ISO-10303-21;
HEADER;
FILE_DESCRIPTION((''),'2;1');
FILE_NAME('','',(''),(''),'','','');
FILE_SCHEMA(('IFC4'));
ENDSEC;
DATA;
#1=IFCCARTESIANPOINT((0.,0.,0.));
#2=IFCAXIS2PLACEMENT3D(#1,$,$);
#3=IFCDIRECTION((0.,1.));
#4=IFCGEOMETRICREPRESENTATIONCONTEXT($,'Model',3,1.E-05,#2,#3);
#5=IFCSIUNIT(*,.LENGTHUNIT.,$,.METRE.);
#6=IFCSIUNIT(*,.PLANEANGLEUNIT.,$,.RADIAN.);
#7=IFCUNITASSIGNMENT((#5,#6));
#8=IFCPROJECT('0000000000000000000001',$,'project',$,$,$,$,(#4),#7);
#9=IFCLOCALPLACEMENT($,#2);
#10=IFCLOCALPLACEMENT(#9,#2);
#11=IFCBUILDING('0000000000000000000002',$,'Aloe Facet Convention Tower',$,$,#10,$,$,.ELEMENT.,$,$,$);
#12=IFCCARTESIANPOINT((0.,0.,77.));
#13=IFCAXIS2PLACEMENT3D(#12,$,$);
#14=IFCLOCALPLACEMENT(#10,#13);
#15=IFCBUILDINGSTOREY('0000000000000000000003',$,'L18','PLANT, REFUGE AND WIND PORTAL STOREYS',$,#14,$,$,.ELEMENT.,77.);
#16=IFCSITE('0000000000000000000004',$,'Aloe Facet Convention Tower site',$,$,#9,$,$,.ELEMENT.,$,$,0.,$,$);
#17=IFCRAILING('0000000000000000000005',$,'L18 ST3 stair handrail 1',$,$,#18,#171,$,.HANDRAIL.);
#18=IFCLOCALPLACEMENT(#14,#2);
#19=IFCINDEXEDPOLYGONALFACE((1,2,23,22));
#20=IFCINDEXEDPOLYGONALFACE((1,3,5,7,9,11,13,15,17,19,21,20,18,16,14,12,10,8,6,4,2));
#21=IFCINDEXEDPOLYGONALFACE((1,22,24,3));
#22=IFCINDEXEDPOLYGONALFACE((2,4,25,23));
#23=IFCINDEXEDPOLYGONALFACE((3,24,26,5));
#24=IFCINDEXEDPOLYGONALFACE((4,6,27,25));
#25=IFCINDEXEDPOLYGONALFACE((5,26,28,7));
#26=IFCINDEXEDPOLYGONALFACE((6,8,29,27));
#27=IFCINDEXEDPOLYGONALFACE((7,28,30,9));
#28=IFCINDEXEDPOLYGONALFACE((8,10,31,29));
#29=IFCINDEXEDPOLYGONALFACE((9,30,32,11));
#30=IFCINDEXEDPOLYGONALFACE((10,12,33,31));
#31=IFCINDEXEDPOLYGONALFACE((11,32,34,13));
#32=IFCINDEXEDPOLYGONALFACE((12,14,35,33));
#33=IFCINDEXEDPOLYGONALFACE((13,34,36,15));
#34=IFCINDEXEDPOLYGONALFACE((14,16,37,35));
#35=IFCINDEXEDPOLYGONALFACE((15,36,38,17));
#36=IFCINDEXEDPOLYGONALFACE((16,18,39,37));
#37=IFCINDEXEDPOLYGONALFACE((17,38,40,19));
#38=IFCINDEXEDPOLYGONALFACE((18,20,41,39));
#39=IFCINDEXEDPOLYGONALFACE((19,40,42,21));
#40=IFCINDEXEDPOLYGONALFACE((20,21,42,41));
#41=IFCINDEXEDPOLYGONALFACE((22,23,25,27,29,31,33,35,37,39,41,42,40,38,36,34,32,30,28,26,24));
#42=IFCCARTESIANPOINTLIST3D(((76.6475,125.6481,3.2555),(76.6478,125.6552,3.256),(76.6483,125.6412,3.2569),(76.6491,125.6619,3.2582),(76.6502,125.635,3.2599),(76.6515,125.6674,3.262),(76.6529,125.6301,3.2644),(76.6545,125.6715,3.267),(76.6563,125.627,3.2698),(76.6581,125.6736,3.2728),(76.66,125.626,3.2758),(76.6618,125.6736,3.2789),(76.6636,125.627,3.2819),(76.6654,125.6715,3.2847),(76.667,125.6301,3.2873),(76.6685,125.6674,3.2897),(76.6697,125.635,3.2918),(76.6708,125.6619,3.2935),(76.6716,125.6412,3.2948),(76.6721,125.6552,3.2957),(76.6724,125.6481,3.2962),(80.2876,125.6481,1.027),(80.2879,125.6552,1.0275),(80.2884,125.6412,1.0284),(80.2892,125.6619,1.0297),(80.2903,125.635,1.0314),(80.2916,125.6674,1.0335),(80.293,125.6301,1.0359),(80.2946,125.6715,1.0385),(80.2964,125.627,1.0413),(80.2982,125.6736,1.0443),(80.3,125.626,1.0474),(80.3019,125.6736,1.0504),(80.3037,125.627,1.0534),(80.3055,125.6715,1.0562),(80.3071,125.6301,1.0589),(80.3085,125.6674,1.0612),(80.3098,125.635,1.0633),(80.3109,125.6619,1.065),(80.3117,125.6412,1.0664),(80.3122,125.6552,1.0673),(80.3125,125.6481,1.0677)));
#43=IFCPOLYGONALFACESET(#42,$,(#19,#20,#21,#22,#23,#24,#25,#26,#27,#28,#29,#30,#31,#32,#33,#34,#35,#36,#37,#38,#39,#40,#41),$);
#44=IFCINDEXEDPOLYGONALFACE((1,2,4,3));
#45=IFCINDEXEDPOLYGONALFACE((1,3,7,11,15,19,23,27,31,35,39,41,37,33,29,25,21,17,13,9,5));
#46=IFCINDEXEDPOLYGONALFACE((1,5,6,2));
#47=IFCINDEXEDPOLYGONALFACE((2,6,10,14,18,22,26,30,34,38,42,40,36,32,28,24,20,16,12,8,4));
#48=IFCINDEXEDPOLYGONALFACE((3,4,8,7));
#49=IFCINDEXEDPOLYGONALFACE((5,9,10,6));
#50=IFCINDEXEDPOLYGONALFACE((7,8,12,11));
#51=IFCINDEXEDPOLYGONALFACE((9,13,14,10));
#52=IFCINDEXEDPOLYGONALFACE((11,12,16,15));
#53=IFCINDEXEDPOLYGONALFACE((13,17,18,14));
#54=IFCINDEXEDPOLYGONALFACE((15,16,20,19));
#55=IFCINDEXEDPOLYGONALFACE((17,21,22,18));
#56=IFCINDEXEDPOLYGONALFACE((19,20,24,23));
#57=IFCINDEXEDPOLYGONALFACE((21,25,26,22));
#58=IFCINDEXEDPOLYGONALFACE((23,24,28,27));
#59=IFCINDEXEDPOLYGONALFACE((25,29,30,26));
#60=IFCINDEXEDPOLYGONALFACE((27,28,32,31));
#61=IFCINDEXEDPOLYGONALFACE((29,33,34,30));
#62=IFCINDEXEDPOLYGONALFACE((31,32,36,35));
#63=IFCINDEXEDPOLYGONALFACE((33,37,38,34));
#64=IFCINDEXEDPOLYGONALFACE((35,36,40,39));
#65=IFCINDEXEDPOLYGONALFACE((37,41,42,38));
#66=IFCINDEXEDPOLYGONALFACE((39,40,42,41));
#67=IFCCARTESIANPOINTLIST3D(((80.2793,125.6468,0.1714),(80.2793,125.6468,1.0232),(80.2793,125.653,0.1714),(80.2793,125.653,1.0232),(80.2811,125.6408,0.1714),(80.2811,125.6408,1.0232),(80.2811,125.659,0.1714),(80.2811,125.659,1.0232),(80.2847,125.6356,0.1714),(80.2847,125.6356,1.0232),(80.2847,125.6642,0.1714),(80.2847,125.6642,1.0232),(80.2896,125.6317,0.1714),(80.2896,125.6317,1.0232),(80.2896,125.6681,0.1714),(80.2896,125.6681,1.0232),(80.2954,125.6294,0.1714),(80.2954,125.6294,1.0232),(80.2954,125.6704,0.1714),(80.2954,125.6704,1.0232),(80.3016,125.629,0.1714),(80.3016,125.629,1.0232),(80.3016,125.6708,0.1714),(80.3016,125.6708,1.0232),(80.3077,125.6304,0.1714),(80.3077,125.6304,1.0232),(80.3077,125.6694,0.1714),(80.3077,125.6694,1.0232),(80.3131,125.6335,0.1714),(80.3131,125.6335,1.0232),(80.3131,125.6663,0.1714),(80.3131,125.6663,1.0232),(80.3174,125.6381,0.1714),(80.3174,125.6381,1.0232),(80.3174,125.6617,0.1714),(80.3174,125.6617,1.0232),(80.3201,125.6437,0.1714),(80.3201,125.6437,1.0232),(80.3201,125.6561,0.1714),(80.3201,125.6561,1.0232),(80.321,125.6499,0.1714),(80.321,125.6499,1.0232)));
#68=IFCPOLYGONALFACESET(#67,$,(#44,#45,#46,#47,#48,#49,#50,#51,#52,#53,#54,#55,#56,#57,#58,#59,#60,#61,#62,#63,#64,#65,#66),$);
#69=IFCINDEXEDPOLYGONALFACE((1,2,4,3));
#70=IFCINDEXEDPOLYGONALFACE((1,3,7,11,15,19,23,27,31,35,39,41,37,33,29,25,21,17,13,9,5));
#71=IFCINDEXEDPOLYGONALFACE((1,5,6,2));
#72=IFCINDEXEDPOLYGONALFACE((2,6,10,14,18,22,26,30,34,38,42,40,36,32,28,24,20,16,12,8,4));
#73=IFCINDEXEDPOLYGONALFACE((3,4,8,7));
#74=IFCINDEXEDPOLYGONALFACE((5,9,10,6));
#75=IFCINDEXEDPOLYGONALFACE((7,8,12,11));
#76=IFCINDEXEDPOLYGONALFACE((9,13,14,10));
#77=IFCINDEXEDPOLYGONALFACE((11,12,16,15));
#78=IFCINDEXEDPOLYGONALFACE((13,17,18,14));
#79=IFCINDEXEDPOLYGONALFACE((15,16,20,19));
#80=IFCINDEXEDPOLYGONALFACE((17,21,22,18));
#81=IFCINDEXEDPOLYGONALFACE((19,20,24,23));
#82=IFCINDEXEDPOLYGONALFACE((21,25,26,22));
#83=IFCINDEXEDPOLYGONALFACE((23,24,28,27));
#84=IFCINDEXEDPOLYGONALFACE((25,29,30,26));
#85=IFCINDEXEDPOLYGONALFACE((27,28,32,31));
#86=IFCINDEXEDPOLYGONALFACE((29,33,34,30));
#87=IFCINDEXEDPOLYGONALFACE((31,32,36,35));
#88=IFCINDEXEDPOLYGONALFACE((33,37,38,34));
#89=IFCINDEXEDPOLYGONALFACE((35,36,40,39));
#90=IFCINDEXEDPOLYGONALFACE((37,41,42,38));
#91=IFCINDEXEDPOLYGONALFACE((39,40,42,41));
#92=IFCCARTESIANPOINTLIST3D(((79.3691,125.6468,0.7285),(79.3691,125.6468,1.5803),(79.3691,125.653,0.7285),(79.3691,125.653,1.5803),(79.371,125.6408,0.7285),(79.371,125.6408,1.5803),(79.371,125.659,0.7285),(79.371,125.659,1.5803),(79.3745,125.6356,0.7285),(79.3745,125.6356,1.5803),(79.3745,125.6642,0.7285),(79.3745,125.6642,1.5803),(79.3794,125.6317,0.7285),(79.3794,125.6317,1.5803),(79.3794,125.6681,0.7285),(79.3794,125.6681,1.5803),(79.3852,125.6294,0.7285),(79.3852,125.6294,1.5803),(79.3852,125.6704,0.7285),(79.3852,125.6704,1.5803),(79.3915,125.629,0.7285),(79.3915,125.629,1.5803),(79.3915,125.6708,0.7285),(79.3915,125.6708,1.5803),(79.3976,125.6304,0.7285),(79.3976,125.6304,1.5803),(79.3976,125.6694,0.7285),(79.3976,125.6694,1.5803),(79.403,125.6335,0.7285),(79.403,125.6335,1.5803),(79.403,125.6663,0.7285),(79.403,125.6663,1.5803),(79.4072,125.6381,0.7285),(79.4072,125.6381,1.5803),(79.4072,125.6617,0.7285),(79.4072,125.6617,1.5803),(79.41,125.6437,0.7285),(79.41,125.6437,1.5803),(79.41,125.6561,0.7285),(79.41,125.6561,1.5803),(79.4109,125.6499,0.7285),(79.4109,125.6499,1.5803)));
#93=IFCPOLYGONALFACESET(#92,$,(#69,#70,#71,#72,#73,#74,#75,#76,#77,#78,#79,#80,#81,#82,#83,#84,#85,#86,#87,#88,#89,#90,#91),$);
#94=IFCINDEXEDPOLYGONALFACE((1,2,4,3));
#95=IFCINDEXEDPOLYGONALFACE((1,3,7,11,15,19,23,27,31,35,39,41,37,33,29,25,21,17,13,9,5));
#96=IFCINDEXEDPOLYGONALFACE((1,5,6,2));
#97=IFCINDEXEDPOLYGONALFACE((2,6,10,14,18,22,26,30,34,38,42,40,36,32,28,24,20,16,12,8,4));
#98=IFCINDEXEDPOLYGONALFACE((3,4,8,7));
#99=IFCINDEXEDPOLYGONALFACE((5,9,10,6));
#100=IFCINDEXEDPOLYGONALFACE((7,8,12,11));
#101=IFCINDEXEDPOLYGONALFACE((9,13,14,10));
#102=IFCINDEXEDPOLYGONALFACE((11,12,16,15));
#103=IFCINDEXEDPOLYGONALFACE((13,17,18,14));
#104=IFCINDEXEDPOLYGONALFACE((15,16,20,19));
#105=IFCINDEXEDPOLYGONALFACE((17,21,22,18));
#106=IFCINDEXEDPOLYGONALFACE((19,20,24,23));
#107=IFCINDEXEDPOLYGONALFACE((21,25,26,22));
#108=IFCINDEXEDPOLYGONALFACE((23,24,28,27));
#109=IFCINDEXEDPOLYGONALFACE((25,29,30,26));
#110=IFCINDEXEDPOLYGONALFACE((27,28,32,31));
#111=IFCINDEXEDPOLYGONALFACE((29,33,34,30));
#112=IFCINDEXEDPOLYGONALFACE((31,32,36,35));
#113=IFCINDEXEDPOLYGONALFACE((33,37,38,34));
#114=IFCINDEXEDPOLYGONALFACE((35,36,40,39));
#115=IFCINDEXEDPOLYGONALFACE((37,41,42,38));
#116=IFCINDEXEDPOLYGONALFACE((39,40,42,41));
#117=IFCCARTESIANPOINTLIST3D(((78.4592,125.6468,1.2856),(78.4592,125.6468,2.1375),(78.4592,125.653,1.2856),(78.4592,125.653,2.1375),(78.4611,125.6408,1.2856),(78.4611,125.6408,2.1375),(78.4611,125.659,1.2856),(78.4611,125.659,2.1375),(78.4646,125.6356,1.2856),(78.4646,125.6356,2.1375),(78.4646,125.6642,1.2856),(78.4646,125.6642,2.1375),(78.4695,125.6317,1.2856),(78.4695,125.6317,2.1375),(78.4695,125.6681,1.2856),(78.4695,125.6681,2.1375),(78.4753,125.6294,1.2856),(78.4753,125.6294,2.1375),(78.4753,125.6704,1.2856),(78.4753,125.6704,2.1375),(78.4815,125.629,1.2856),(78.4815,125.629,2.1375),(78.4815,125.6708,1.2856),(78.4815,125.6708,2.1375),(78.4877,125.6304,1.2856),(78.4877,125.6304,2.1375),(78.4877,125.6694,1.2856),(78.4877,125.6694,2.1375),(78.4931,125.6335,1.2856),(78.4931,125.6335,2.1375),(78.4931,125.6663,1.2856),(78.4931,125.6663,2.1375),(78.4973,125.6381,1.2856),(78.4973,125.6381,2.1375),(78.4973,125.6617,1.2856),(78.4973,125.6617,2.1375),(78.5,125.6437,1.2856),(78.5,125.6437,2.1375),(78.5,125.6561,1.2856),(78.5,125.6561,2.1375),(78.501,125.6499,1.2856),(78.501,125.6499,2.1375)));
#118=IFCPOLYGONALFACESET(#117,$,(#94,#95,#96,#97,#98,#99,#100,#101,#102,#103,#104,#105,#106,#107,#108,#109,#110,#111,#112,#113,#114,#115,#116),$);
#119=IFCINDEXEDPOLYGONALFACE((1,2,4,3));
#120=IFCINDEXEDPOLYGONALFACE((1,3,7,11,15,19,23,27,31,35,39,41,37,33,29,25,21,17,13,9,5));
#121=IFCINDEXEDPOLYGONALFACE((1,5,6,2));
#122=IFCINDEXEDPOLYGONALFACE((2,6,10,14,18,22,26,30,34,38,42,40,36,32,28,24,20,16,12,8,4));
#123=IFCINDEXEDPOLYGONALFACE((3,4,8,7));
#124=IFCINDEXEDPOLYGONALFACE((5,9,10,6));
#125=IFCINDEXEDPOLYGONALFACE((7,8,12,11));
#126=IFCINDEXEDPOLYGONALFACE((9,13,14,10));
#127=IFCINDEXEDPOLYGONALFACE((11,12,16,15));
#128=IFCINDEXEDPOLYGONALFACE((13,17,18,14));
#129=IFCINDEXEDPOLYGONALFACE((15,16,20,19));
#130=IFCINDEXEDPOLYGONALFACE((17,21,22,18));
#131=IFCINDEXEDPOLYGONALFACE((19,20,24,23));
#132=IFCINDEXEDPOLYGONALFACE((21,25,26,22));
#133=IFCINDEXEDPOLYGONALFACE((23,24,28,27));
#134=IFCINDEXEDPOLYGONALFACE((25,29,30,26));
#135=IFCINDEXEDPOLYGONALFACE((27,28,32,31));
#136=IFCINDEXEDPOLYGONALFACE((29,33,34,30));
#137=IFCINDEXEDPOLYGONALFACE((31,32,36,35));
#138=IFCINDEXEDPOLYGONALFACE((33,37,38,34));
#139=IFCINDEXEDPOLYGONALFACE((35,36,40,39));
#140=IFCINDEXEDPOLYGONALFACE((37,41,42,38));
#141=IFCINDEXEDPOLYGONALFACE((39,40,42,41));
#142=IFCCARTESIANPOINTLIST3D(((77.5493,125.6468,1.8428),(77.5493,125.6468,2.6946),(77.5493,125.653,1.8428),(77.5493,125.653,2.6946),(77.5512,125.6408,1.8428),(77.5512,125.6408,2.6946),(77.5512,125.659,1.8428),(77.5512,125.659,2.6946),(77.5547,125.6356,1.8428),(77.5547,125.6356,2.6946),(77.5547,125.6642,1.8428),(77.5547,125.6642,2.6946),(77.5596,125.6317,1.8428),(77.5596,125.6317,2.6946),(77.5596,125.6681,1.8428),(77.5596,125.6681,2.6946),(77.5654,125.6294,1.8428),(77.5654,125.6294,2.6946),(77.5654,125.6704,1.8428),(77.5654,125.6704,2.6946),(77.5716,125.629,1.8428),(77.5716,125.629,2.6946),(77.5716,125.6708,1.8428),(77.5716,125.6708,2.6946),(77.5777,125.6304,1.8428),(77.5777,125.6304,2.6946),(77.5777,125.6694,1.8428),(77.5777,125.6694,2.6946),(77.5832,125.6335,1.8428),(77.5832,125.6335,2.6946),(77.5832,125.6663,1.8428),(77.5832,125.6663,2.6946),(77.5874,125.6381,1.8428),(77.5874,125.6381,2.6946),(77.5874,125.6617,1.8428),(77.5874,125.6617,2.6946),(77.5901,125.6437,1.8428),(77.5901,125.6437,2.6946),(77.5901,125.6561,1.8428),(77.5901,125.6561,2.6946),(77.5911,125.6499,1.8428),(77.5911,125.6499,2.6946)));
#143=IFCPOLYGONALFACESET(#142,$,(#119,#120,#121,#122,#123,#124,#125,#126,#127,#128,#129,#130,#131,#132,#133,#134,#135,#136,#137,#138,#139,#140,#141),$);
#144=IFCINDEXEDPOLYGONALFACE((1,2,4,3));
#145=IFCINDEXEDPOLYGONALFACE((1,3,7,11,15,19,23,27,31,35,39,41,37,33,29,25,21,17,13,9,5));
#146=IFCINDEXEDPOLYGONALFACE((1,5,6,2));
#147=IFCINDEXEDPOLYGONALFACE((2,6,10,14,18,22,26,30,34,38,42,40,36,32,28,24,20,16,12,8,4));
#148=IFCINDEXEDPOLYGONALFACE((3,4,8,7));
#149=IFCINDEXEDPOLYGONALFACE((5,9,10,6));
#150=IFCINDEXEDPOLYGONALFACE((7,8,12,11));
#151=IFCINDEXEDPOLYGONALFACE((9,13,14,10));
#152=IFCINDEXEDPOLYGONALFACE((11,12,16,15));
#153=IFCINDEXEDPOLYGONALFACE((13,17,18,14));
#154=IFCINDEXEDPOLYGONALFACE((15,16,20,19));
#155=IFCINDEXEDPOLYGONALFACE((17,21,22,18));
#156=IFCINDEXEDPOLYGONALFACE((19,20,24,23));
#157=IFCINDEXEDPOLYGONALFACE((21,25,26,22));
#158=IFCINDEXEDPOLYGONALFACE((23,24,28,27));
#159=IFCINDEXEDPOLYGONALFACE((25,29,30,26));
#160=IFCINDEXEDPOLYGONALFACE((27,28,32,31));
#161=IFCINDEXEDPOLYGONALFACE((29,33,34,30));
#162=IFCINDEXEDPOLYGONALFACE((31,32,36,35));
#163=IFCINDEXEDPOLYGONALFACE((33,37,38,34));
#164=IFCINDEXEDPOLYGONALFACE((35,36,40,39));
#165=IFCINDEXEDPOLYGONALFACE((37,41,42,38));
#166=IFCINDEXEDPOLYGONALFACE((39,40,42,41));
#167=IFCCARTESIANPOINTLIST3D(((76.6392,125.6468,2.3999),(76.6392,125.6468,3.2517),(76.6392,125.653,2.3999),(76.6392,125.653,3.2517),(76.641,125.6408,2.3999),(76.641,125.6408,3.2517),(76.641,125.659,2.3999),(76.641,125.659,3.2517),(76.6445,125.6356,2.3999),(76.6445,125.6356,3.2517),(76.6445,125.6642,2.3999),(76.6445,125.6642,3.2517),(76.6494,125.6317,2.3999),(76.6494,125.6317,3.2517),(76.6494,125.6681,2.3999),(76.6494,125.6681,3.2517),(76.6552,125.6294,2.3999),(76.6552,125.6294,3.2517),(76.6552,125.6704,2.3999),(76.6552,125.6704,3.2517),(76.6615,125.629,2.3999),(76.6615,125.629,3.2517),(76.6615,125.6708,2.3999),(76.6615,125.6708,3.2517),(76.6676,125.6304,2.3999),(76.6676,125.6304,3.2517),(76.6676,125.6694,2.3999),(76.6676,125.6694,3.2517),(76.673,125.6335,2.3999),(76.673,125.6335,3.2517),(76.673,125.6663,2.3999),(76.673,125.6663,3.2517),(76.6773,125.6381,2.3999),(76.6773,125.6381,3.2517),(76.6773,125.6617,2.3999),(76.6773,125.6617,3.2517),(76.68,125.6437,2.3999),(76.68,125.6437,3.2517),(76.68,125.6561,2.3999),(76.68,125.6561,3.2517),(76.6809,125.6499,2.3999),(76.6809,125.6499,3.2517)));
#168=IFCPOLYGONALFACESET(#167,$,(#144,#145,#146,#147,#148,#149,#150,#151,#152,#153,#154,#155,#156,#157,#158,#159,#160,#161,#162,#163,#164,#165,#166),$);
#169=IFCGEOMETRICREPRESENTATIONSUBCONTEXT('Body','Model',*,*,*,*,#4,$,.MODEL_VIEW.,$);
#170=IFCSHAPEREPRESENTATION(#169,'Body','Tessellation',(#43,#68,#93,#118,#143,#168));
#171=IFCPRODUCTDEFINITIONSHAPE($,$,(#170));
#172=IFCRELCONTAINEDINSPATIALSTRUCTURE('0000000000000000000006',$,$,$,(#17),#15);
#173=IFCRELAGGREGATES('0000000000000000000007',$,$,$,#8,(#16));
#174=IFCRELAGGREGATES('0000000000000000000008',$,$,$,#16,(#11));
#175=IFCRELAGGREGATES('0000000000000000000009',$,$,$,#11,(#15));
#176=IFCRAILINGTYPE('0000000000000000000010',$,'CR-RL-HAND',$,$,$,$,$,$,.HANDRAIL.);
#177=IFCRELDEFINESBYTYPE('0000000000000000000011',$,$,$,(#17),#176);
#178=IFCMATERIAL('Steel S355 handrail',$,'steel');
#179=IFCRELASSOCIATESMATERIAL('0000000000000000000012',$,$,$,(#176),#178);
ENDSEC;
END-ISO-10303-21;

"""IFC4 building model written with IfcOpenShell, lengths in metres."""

from ifc_helpers import new_model, si_unit, direction, frame, origin, origin_2d, place, context, subcontext, project, spatial, circle, extrude, material, type_object, element, save


model = new_model("IFC4")

# Units and contexts
model_context = context("Model", 3, precision=1e-05, world=origin(), true_north=direction((0.0, 1.0)))
body_context = subcontext(model_context, "Body", "Model", "MODEL_VIEW")
ifc_project = project(units=[si_unit("LENGTHUNIT", "METRE"), si_unit("PLANEANGLEUNIT", "RADIAN")], contexts=[model_context])

# Site, building, storey
site_placement = place(None, origin())
site = spatial("IfcSite", under=ifc_project, at=site_placement, Name="Aloe Facet Convention Tower site", CompositionType="ELEMENT", RefElevation=0.0)
building_placement = place(site_placement, origin())
building = spatial("IfcBuilding", under=site, at=building_placement, Name="Aloe Facet Convention Tower", CompositionType="ELEMENT")
storey_placement = place(building_placement, frame((0.0, 0.0, 77.0)))
storey = spatial("IfcBuildingStorey", under=building, at=storey_placement, Name="L18", Description="PLANT, REFUGE AND WIND PORTAL STOREYS", CompositionType="ELEMENT", Elevation=77.0)

# Railing
ifc_material_1 = material(Name="Steel S355 handrail", Category="steel")
railing_type_1 = type_object("IfcRailingType", Name="CR-RL-HAND", PredefinedType="HANDRAIL", material=ifc_material_1)
railing_1_placement = place(storey_placement, frame((80.3, 125.6499, 0.1714)))
element("IfcRailing", 1, at=railing_1_placement, inside=storey, type_object=railing_type_1, Name="L18 ST3 stair handrail 1", PredefinedType="HANDRAIL", context=body_context, shape_type="SweptSolid", body=[
    extrude(circle(Radius=0.0239, at=origin_2d()), frame((0.0, 0.0, 0.876), z_axis=(-0.852866, 0.0, 0.52213), x_axis=(0.0, -1.0, 0.0)), (0.0, 0.0, 1.0), 4.2681),
    extrude(circle(Radius=0.021, at=origin_2d()), origin(), (0.0, 0.0, 1.0), 0.8518),
    extrude(circle(Radius=0.021, at=origin_2d()), frame((-0.9102, 0.0, 0.5571)), (0.0, 0.0, 1.0), 0.8518),
    extrude(circle(Radius=0.021, at=origin_2d()), frame((-1.8201, 0.0, 1.1143)), (0.0, 0.0, 1.0), 0.8518),
    extrude(circle(Radius=0.021, at=origin_2d()), frame((-2.73, 0.0, 1.6714)), (0.0, 0.0, 1.0), 0.8518),
    extrude(circle(Radius=0.021, at=origin_2d()), frame((-3.6401, 0.0, 2.2285)), (0.0, 0.0, 1.0), 0.8518),
])

save(model, "model.ifc")
